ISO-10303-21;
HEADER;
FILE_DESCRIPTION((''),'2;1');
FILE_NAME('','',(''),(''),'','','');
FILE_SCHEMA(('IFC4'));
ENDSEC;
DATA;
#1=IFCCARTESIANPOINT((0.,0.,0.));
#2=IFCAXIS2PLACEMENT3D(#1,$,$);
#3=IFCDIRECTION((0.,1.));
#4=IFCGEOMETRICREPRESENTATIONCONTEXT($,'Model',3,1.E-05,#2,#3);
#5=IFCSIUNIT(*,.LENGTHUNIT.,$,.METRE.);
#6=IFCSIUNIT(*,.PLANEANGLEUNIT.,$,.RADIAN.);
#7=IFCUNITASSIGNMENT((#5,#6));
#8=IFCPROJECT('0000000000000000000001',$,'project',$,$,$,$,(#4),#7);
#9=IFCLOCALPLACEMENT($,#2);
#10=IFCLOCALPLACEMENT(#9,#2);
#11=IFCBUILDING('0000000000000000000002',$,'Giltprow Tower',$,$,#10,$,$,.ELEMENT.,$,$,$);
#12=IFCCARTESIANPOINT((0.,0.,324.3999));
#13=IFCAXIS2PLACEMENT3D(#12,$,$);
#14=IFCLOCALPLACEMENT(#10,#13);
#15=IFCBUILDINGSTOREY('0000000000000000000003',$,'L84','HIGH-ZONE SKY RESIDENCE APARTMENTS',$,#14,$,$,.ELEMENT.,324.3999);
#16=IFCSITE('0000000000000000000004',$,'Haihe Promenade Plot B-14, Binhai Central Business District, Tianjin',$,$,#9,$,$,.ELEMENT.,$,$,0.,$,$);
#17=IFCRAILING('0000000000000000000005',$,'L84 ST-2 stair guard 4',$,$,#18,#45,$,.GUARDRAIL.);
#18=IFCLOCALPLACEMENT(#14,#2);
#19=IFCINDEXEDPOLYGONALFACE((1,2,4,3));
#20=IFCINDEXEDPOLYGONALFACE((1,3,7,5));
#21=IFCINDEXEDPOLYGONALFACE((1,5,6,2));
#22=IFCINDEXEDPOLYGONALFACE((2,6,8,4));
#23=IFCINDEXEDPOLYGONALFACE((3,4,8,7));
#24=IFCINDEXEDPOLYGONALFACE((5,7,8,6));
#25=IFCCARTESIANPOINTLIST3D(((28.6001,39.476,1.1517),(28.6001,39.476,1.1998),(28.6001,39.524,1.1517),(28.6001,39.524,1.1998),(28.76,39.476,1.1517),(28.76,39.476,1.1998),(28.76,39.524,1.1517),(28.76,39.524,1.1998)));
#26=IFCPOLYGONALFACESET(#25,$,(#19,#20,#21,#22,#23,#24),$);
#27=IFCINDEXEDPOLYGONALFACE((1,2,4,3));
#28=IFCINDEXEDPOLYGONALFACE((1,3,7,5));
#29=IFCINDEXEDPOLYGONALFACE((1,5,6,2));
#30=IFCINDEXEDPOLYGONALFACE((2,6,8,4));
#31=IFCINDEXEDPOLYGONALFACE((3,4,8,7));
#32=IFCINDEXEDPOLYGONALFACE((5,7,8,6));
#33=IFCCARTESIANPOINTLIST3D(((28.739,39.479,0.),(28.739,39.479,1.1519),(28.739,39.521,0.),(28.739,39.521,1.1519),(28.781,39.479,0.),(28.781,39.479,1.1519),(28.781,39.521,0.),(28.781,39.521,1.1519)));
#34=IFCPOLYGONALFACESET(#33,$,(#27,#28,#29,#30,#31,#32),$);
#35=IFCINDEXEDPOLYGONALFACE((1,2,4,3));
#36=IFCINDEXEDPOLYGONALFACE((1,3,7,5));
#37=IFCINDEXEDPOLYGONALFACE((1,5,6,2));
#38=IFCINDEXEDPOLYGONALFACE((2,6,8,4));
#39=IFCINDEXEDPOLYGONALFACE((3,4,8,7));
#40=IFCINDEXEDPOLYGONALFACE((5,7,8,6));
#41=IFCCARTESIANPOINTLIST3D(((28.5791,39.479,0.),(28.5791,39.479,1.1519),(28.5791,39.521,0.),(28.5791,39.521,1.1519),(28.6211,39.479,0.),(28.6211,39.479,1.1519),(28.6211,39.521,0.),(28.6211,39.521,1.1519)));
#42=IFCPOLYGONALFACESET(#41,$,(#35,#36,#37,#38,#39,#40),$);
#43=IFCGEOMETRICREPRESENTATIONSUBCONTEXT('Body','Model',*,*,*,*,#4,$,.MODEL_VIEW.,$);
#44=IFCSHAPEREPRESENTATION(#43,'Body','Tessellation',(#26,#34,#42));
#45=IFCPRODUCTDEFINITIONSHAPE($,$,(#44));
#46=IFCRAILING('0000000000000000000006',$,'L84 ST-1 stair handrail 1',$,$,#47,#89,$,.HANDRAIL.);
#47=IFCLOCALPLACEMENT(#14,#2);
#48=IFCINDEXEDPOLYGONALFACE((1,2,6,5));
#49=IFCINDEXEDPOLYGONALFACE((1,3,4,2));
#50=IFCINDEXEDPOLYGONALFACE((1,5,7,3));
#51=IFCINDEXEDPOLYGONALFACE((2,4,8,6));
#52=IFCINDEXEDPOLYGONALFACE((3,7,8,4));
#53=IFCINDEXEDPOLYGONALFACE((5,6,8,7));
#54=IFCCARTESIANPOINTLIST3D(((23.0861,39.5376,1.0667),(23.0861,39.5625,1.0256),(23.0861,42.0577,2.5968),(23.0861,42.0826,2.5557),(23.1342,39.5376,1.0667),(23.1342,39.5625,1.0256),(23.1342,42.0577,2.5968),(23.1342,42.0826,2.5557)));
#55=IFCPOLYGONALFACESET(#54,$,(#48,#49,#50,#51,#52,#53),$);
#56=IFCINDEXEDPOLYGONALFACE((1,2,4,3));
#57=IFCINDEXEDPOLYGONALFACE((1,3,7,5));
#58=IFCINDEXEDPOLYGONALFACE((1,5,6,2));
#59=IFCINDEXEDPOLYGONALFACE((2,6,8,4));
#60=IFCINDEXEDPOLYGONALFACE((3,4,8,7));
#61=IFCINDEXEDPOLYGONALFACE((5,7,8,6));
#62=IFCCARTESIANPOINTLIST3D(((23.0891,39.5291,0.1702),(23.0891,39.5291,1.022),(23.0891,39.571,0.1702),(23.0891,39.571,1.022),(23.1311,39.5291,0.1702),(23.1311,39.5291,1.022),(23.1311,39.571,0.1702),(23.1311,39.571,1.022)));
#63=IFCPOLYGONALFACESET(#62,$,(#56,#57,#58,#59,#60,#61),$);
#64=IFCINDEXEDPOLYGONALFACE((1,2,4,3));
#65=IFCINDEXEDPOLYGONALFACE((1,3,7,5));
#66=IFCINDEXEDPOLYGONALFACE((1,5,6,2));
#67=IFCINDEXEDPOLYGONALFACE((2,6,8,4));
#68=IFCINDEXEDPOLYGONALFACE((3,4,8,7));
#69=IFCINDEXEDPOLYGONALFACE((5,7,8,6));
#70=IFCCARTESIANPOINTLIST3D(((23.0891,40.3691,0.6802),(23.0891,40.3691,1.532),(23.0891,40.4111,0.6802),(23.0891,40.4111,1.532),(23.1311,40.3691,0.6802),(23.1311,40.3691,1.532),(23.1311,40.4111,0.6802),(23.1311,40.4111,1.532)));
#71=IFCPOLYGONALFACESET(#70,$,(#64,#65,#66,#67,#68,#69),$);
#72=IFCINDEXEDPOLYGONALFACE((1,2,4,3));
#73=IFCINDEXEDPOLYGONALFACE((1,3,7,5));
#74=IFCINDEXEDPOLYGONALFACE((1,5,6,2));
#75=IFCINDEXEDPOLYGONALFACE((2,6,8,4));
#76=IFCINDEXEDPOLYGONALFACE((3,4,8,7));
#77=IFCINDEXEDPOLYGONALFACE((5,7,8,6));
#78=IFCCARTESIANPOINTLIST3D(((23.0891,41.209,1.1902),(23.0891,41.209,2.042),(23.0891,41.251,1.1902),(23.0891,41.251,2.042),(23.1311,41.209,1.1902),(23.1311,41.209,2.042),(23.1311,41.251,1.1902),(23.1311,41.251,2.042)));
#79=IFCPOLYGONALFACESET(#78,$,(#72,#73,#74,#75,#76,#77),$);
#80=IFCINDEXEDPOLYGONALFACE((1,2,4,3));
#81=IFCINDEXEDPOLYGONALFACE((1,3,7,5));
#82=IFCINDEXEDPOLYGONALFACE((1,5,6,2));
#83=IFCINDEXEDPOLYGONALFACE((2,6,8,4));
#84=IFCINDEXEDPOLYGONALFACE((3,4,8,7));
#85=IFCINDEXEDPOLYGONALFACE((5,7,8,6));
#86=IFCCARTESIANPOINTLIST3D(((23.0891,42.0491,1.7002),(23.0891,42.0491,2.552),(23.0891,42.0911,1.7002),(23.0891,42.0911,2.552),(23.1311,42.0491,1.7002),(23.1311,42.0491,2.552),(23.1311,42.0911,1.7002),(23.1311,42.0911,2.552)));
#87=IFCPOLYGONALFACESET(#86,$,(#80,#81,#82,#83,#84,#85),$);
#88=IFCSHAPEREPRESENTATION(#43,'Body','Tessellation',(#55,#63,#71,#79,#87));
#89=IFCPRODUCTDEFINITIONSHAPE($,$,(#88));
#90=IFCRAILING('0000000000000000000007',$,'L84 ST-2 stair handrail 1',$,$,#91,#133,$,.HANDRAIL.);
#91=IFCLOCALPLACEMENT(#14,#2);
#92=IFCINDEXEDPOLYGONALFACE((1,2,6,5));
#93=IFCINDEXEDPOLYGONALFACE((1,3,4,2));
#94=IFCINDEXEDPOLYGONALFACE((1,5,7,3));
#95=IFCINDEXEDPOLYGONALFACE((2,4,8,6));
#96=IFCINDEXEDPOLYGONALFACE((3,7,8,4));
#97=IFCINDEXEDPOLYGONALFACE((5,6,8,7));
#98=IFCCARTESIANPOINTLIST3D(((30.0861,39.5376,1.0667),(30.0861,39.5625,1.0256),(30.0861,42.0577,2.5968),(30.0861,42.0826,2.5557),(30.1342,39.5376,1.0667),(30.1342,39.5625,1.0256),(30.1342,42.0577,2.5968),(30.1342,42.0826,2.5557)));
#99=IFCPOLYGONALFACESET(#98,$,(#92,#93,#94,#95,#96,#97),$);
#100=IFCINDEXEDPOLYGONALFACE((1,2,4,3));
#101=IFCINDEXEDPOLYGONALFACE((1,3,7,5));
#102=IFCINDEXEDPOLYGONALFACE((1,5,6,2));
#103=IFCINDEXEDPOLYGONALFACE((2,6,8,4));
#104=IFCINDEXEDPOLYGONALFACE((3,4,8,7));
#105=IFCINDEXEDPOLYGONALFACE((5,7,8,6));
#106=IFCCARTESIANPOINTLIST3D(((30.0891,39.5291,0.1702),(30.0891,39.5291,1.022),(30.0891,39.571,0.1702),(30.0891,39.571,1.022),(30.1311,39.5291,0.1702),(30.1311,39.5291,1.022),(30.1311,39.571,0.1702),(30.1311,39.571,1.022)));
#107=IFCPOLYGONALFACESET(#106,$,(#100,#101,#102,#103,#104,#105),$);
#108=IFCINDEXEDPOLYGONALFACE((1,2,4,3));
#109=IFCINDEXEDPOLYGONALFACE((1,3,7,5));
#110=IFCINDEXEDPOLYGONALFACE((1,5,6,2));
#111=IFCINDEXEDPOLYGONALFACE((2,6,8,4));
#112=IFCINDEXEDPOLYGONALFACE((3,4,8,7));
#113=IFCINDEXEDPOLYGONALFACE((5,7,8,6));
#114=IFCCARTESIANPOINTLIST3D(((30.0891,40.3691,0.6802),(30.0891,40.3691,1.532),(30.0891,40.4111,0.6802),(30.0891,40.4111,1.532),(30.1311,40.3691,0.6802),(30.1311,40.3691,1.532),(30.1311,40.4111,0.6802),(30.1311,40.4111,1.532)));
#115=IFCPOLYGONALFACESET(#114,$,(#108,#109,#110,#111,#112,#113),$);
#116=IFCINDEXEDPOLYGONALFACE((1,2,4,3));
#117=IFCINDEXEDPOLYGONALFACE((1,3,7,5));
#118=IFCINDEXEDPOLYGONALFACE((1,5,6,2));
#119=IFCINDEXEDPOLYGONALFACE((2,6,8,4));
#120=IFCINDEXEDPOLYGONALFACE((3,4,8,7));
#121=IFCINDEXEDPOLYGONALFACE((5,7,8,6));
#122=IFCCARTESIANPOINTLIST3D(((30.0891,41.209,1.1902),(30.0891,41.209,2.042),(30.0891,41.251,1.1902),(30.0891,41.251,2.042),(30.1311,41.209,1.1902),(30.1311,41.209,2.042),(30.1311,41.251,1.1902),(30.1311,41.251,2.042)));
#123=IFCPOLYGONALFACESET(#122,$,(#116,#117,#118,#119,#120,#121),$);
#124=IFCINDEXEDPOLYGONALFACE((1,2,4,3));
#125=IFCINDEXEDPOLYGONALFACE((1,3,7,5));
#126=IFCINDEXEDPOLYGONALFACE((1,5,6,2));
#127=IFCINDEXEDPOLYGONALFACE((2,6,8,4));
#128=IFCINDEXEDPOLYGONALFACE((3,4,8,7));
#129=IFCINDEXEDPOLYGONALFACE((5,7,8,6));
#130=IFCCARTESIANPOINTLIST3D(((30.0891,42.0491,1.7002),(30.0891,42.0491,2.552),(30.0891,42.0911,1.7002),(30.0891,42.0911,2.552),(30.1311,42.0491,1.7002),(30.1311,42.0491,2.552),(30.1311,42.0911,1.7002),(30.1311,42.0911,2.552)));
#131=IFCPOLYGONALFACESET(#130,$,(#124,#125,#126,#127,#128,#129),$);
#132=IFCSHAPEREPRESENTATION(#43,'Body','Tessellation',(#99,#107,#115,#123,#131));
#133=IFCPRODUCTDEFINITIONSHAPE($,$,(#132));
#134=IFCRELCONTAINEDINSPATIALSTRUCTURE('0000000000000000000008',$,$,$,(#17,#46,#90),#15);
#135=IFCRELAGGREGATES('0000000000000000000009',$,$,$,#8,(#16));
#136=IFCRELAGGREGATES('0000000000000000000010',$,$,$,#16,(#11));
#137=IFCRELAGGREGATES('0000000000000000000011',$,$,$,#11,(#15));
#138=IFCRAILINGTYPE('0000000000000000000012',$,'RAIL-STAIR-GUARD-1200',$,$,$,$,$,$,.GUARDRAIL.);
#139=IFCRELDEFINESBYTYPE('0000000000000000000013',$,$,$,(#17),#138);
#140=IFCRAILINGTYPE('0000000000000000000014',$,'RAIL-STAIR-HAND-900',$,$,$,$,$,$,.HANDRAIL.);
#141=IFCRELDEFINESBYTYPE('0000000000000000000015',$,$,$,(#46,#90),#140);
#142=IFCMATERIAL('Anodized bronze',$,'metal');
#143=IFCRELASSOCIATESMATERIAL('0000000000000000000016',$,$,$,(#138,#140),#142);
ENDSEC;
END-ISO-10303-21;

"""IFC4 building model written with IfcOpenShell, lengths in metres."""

from ifc_helpers import new_model, si_unit, direction, frame, origin, origin_2d, place, context, subcontext, project, spatial, rectangle, extrude, material, type_object, element, save


model = new_model("IFC4")

# Units and contexts
model_context = context("Model", 3, precision=1e-05, world=origin(), true_north=direction((0.0, 1.0)))
body_context = subcontext(model_context, "Body", "Model", "MODEL_VIEW")
ifc_project = project(units=[si_unit("LENGTHUNIT", "METRE"), si_unit("PLANEANGLEUNIT", "RADIAN")], contexts=[model_context])

# Site, building, storey
site_placement = place(None, origin())
site = spatial("IfcSite", under=ifc_project, at=site_placement, Name="Haihe Promenade Plot B-14, Binhai Central Business District, Tianjin", CompositionType="ELEMENT", RefElevation=0.0)
building_placement = place(site_placement, origin())
building = spatial("IfcBuilding", under=site, at=building_placement, Name="Giltprow Tower", CompositionType="ELEMENT")
storey_placement = place(building_placement, frame((0.0, 0.0, 324.3999)))
storey = spatial("IfcBuildingStorey", under=building, at=storey_placement, Name="L84", Description="HIGH-ZONE SKY RESIDENCE APARTMENTS", CompositionType="ELEMENT", Elevation=324.3999)

# Railings
ifc_material_1 = material(Name="Anodized bronze", Category="metal")
railing_type_1 = type_object("IfcRailingType", Name="RAIL-STAIR-GUARD-1200", PredefinedType="GUARDRAIL", material=ifc_material_1)
railing_1_placement = place(storey_placement, frame((28.76, 39.5, 0.0)))
element("IfcRailing", 1, at=railing_1_placement, inside=storey, type_object=railing_type_1, Name="L84 ST-2 stair guard 4", PredefinedType="GUARDRAIL", context=body_context, shape_type="SweptSolid", body=[
    extrude(rectangle(XDim=0.0481, YDim=0.0481, at=origin_2d()), frame((0.0, 0.0, 1.1758), z_axis=(-1.0, 0.0, 0.0), x_axis=(0.0, -1.0, 0.0)), (0.0, 0.0, 1.0), 0.1599),
    extrude(rectangle(XDim=0.042, YDim=0.042, at=origin_2d()), origin(), (0.0, 0.0, 1.0), 1.1519),
    extrude(rectangle(XDim=0.042, YDim=0.042, at=origin_2d()), frame((-0.1599, 0.0, 0.0)), (0.0, 0.0, 1.0), 1.1519),
])
railing_type_2 = type_object("IfcRailingType", Name="RAIL-STAIR-HAND-900", PredefinedType="HANDRAIL", material=ifc_material_1)
for number, where, name in (
    (2, (23.1101, 39.55, 0.1702), "L84 ST-1 stair handrail 1"),
    (3, (30.1101, 39.55, 0.1702), "L84 ST-2 stair handrail 1"),
):
    element("IfcRailing", number, at=place(storey_placement, frame(where)), inside=storey, type_object=railing_type_2, Name=name, PredefinedType="HANDRAIL", context=body_context, shape_type="SweptSolid", body=[
        extrude(rectangle(XDim=0.0481, YDim=0.0481, at=origin_2d()), frame((0.0, 0.0, 0.876), z_axis=(0.0, 0.854785, 0.518982), x_axis=(-1.0, 0.0, 0.0)), (0.0, 0.0, 1.0), 2.9482),
        extrude(rectangle(XDim=0.042, YDim=0.042, at=origin_2d()), origin(), (0.0, 0.0, 1.0), 0.8518),
        extrude(rectangle(XDim=0.042, YDim=0.042, at=origin_2d()), frame((0.0, 0.8401, 0.51)), (0.0, 0.0, 1.0), 0.8518),
        extrude(rectangle(XDim=0.042, YDim=0.042, at=origin_2d()), frame((0.0, 1.6799, 1.02)), (0.0, 0.0, 1.0), 0.8518),
        extrude(rectangle(XDim=0.042, YDim=0.042, at=origin_2d()), frame((0.0, 2.52, 1.53)), (0.0, 0.0, 1.0), 0.8518),
    ])

save(model, "model.ifc")
